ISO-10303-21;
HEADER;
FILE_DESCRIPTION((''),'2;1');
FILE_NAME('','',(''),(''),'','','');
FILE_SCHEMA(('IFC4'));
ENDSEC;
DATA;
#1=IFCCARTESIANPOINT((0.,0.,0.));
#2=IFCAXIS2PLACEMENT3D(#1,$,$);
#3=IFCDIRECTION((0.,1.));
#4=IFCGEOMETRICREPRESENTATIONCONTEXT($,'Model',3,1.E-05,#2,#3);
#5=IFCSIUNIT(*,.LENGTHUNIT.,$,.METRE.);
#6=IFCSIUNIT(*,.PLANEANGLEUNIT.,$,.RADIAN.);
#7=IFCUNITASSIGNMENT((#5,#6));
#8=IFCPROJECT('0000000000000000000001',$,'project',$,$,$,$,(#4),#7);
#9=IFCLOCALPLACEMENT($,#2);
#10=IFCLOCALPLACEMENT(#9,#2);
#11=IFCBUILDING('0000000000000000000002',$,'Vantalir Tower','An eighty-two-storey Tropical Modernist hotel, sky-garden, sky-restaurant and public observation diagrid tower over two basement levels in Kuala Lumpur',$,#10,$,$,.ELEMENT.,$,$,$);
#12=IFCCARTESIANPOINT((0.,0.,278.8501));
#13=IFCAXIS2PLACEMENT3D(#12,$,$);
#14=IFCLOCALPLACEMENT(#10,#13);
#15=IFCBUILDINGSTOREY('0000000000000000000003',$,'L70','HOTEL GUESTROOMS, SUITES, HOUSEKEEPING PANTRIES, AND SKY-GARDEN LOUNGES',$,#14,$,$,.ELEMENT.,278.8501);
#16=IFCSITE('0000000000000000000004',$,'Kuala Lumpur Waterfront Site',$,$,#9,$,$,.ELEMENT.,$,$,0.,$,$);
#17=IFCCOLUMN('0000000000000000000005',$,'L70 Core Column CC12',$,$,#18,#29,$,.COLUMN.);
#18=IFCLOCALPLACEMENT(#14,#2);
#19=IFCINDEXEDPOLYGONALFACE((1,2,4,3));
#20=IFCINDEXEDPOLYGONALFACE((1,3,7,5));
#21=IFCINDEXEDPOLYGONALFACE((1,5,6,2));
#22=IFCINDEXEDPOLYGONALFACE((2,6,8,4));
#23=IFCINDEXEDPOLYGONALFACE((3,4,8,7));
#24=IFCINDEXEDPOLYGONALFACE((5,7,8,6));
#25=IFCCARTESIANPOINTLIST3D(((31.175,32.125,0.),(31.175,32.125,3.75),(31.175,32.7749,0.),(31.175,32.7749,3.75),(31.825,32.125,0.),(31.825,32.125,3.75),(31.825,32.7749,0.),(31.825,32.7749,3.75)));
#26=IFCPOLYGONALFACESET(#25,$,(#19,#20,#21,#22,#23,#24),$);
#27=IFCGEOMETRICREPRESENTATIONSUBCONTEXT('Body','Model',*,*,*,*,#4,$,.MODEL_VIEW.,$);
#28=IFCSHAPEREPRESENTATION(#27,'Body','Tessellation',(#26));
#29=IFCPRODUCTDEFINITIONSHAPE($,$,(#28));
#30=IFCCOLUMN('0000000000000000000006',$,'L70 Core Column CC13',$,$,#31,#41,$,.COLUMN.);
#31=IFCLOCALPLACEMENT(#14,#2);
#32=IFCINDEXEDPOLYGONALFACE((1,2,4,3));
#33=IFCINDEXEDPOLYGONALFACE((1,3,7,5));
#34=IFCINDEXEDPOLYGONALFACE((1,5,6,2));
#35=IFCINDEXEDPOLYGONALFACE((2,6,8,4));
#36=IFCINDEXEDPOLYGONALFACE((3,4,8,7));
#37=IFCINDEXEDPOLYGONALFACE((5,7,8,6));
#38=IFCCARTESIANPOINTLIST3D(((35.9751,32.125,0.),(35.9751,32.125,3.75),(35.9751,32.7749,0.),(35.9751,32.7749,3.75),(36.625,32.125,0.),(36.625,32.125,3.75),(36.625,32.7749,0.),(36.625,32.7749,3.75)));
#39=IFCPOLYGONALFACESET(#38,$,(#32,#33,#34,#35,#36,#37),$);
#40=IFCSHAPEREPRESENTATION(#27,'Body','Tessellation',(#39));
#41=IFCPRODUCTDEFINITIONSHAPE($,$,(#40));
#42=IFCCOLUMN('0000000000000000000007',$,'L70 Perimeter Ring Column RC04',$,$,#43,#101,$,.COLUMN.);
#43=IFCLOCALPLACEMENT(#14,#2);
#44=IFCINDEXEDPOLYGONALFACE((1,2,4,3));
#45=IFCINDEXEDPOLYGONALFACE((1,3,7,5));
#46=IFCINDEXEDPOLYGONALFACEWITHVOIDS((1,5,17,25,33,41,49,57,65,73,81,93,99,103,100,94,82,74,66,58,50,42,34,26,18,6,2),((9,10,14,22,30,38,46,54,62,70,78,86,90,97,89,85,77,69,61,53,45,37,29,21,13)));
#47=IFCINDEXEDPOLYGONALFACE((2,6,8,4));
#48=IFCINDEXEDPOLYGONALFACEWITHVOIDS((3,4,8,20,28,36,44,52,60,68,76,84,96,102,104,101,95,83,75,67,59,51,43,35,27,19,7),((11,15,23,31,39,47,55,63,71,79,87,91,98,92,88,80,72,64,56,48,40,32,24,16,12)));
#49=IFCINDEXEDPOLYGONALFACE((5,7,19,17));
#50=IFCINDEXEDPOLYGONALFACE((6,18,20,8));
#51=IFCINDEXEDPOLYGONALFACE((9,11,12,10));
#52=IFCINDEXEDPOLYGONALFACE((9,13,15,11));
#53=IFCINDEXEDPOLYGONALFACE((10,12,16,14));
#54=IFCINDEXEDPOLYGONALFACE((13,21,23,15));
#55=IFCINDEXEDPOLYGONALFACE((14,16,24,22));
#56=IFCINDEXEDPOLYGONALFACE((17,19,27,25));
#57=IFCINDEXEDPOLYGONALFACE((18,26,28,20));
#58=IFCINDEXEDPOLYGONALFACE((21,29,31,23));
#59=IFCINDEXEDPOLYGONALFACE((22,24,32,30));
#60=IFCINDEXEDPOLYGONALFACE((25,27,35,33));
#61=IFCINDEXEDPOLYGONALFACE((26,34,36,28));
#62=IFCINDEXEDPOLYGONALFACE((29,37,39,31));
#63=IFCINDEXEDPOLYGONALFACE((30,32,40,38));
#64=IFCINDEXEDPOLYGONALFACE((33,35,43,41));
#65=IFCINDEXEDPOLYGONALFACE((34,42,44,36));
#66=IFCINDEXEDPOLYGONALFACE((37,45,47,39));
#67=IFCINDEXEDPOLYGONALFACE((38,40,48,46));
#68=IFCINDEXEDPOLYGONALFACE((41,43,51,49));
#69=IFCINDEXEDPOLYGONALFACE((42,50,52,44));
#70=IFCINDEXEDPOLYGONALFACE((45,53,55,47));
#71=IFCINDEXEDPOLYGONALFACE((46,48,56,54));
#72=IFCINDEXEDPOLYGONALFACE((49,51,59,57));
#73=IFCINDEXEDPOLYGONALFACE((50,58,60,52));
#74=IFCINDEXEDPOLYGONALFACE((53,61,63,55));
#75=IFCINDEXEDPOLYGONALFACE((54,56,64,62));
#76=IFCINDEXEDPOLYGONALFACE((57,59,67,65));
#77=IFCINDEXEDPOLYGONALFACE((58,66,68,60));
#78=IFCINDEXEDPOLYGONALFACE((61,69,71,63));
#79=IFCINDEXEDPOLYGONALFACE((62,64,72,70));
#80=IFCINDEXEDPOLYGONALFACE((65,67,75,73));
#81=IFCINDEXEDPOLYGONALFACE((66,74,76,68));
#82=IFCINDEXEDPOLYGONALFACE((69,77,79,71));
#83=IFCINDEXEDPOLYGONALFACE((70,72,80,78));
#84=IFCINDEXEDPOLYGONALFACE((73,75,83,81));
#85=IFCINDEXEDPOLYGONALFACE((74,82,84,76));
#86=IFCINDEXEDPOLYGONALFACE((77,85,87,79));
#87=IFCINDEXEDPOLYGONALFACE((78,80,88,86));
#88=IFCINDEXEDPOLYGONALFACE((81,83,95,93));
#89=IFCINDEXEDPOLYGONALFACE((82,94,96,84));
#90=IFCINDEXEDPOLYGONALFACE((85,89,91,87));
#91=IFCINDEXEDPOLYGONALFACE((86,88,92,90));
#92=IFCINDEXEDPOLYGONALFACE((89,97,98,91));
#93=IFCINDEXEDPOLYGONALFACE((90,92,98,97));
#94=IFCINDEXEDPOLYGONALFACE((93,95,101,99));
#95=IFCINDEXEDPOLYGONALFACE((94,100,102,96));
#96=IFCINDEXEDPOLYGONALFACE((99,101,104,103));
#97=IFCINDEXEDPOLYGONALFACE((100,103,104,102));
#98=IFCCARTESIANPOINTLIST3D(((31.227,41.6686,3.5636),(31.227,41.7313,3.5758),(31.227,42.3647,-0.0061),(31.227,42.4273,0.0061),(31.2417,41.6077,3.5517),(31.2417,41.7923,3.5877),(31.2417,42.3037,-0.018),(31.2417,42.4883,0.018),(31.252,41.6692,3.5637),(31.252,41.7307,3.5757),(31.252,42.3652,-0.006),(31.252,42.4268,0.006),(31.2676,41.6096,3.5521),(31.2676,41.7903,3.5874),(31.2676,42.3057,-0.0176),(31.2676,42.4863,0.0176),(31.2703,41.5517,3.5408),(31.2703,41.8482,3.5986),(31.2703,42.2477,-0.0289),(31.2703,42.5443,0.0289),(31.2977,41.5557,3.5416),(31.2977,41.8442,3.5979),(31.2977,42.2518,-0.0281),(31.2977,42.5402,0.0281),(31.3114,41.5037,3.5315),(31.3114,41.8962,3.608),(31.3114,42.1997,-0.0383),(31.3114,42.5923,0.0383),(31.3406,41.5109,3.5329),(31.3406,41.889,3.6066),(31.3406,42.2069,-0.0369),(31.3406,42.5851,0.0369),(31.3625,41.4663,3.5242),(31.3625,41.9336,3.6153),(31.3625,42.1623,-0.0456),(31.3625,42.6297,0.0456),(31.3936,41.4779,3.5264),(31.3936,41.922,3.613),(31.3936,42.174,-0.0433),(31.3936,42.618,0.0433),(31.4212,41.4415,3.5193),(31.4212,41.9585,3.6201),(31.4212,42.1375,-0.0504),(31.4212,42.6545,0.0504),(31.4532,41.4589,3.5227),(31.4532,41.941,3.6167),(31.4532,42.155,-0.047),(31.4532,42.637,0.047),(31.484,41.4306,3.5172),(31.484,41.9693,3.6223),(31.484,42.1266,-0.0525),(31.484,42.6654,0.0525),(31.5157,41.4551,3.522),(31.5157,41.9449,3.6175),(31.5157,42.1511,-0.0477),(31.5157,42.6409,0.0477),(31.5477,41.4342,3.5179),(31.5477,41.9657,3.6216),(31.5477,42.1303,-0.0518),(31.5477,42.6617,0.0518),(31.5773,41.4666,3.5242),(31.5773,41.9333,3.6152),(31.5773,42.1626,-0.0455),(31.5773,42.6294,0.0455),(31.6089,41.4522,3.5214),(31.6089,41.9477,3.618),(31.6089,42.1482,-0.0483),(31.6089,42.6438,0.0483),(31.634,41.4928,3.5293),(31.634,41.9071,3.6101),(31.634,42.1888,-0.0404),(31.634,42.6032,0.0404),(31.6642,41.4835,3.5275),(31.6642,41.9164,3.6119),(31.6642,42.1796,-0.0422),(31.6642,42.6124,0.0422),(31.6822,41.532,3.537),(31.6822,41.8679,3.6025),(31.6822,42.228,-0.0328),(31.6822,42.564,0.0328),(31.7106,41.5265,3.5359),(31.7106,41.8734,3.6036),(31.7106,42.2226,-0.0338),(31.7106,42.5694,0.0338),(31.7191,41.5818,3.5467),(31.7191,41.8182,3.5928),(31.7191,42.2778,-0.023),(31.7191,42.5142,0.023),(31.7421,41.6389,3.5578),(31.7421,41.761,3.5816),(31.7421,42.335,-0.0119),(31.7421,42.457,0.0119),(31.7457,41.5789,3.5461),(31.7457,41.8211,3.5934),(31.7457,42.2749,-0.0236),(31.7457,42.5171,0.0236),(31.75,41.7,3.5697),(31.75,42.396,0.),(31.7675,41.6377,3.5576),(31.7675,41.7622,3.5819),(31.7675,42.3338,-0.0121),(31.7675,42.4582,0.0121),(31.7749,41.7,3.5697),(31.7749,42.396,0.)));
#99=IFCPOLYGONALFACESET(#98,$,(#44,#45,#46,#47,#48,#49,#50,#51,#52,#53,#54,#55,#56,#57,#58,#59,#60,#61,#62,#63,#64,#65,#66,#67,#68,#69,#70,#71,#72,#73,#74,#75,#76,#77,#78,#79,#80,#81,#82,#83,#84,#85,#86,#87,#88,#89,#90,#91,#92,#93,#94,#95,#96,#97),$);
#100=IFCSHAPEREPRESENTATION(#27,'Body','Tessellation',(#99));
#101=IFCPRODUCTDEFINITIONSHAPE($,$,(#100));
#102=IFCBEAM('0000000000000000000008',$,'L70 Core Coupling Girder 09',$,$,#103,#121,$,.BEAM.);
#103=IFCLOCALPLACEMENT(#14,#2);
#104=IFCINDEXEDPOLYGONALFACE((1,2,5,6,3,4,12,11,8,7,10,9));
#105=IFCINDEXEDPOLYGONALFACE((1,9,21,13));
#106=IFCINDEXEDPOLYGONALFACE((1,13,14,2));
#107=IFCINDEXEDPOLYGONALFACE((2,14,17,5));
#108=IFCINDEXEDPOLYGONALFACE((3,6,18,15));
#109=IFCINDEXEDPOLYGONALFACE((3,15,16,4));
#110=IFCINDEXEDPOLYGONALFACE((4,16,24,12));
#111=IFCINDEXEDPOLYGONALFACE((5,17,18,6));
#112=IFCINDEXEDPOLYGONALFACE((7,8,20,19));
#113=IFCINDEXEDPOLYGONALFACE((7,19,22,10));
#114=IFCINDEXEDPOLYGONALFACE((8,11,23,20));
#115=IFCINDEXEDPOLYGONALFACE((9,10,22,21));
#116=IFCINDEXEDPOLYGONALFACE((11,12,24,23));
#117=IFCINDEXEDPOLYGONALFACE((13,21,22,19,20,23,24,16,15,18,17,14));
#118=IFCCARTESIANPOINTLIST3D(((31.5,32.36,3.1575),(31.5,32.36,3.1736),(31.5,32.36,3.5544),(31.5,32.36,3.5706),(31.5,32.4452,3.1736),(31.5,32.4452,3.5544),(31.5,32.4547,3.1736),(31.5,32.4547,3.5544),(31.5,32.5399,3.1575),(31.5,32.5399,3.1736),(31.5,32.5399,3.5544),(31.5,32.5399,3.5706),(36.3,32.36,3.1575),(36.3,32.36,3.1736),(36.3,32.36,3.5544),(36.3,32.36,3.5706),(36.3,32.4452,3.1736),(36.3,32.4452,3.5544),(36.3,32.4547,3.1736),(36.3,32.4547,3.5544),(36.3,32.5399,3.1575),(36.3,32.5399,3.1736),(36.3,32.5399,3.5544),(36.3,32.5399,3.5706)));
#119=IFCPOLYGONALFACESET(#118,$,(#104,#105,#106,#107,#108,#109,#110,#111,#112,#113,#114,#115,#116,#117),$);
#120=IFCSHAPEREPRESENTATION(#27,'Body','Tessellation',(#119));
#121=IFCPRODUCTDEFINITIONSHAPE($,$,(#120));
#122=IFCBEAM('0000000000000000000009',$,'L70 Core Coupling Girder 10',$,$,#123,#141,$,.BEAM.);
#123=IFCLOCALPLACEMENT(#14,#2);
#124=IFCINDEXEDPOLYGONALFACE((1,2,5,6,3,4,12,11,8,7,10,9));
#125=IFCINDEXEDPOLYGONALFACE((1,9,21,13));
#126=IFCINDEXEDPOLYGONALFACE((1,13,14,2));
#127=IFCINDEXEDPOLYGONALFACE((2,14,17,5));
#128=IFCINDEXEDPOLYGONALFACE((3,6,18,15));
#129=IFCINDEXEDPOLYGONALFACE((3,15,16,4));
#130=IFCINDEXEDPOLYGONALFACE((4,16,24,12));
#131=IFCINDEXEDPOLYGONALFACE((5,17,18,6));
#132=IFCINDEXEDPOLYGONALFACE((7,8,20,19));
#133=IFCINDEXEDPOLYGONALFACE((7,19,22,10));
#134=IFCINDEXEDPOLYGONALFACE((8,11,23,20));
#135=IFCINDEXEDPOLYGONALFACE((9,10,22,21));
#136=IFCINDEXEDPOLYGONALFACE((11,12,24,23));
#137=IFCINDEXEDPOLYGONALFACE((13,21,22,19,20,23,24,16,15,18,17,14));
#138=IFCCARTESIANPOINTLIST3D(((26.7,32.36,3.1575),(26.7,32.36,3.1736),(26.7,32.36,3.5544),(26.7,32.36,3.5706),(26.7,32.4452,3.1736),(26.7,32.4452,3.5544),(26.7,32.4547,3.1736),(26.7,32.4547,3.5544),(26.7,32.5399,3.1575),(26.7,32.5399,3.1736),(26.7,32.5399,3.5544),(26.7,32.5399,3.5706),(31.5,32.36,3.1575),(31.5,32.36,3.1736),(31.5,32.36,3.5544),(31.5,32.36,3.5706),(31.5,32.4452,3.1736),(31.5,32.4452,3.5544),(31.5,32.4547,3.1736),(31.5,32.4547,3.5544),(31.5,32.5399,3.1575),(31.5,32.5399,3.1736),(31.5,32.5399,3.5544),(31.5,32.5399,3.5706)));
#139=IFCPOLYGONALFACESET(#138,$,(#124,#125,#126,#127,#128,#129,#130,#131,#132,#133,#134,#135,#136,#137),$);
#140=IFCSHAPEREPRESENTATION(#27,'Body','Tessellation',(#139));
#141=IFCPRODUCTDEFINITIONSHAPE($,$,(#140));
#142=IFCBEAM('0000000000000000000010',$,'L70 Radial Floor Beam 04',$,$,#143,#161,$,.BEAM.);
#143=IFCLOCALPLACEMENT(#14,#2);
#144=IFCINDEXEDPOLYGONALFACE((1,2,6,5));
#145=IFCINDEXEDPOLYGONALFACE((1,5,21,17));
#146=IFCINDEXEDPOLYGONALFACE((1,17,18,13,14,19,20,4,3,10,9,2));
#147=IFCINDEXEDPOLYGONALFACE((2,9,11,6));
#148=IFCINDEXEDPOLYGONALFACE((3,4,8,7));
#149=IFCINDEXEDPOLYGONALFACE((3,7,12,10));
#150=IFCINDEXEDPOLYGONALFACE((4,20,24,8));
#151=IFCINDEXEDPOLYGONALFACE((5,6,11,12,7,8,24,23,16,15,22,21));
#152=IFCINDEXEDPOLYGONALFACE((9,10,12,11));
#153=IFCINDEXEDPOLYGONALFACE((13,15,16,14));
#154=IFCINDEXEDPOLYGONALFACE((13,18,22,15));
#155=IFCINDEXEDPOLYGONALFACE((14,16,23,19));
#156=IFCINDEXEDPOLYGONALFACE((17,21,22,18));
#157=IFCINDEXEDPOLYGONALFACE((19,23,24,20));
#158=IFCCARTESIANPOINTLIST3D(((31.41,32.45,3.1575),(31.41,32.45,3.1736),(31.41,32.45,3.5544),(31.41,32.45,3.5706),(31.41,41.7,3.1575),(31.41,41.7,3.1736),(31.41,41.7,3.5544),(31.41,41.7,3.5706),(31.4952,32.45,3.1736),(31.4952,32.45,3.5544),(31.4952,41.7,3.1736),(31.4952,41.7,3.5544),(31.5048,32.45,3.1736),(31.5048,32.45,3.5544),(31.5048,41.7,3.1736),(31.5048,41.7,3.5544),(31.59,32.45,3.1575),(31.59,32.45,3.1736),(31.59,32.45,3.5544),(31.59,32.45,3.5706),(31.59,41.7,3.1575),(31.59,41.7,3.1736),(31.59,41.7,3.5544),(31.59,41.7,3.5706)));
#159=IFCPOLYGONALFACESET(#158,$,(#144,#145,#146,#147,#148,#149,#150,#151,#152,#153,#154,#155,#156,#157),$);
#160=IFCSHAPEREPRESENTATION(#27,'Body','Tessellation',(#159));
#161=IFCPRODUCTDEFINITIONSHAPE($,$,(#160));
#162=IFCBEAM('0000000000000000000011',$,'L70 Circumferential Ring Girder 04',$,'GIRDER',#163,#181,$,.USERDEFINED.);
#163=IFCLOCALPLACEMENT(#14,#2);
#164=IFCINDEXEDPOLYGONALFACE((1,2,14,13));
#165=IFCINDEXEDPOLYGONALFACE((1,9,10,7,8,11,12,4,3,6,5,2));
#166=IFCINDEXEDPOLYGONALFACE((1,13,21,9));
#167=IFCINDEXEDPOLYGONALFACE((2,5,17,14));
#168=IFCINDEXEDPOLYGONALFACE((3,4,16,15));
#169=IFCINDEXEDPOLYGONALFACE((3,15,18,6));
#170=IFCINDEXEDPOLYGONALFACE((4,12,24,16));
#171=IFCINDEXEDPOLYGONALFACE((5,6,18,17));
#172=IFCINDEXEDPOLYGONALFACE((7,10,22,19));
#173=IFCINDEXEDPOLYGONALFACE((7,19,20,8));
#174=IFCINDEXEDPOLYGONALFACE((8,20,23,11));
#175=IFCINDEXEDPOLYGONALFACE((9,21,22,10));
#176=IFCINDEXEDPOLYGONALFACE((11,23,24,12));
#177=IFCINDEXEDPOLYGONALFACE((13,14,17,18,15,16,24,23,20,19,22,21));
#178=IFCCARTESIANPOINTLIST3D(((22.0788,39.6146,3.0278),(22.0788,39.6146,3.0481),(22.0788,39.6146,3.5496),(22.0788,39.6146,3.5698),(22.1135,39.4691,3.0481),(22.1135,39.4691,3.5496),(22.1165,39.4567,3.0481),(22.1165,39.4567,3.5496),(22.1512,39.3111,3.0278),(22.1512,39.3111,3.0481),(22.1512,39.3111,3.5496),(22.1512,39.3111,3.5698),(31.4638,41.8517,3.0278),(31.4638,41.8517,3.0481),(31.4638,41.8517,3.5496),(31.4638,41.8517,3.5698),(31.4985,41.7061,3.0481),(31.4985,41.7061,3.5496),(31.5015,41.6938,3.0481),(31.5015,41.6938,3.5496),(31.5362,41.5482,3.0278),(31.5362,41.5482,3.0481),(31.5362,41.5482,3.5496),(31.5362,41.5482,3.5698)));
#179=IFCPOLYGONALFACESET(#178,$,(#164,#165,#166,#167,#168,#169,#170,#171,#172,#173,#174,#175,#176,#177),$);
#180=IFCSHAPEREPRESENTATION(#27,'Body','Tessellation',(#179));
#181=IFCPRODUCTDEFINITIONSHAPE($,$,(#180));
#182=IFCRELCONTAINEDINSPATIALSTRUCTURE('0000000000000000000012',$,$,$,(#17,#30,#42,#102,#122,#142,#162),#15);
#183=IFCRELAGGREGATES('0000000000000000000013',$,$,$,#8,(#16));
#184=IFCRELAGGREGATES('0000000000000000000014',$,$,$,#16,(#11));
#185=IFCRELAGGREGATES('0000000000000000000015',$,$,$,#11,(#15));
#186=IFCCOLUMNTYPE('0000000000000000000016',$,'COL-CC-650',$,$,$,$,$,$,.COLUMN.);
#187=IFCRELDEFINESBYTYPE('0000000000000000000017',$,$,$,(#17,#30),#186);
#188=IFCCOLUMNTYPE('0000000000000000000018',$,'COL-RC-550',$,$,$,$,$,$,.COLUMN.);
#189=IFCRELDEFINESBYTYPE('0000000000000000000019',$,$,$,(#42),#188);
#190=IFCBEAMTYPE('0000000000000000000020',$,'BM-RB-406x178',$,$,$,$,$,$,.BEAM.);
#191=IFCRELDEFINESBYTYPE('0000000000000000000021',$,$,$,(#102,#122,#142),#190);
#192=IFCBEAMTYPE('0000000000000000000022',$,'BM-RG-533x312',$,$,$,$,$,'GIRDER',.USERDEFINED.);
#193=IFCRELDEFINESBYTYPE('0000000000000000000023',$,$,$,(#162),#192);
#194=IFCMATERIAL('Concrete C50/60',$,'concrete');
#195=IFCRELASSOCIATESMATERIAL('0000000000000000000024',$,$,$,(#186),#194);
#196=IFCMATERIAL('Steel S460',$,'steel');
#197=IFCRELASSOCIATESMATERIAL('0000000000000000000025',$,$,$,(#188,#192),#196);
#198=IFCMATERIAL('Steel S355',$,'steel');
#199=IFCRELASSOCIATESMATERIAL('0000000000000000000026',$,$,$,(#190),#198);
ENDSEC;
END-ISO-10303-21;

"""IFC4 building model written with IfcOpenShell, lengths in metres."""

from ifc_helpers import new_model, si_unit, direction, frame, origin, origin_2d, place, context, subcontext, project, spatial, rectangle, hollow_circle, i_section, extrude, material, material_profile, profile_set, type_object, element, save


model = new_model("IFC4")

# Units and contexts
model_context = context("Model", 3, precision=1e-05, world=origin(), true_north=direction((0.0, 1.0)))
body_context = subcontext(model_context, "Body", "Model", "MODEL_VIEW")
ifc_project = project(units=[si_unit("LENGTHUNIT", "METRE"), si_unit("PLANEANGLEUNIT", "RADIAN")], contexts=[model_context])

# Site, building, storey
site_placement = place(None, origin())
site = spatial("IfcSite", under=ifc_project, at=site_placement, Name="Kuala Lumpur Waterfront Site", CompositionType="ELEMENT", RefElevation=0.0)
building_placement = place(site_placement, origin())
building = spatial("IfcBuilding", under=site, at=building_placement, Name="Vantalir Tower", Description="An eighty-two-storey Tropical Modernist hotel, sky-garden, sky-restaurant and public observation diagrid tower over two basement levels in Kuala Lumpur", CompositionType="ELEMENT")
storey_placement = place(building_placement, frame((0.0, 0.0, 278.8501)))
storey = spatial("IfcBuildingStorey", under=building, at=storey_placement, Name="L70", Description="HOTEL GUESTROOMS, SUITES, HOUSEKEEPING PANTRIES, AND SKY-GARDEN LOUNGES", CompositionType="ELEMENT", Elevation=278.8501)

# Columns
ifc_material_1 = material(Name="Concrete C50/60", Category="concrete")
ifc_material_profile_1 = material_profile(ifc_material_1, rectangle(XDim=0.6499, YDim=0.6499, at=origin_2d()), Name="Concrete C50/60")
ifc_profile_set_1 = profile_set([ifc_material_profile_1], Name="Concrete C50/60")
column_type_1 = type_object("IfcColumnType", Name="COL-CC-650", PredefinedType="COLUMN", material=ifc_profile_set_1)
for number, where, z_axis, x_axis, name in (
    (1, (31.5, 32.45, 0.0), (0.0, 0.0, 1.0), (1.0, 0.0, 0.0), "L70 Core Column CC12"),
    (2, (36.3, 32.45, 0.0), (0.0, 0.0, 1.0), (1.0, 0.0, 0.0), "L70 Core Column CC13"),
):
    element("IfcColumn", number, at=place(storey_placement, frame(where, z_axis=z_axis, x_axis=x_axis)), inside=storey, type_object=column_type_1, Name=name, PredefinedType="COLUMN", context=body_context, shape_type="SweptSolid", body=[
        extrude(rectangle(XDim=0.6499, YDim=0.6499, at=origin_2d()), origin(), (0.0, 0.0, 1.0), 3.75),
    ])
ifc_material_2 = material(Name="Steel S460", Category="steel")
ifc_material_profile_2 = material_profile(ifc_material_2, hollow_circle(Radius=0.2749, WallThickness=0.0249, at=origin_2d()), Name="Steel S460")
ifc_profile_set_2 = profile_set([ifc_material_profile_2], Name="Steel S460")
column_type_2 = type_object("IfcColumnType", Name="COL-RC-550", PredefinedType="COLUMN", material=ifc_profile_set_2)
column_placement = place(storey_placement, frame((31.5, 42.396, 0.0), z_axis=(0.0, -0.191376, 0.981517), x_axis=(1.0, 0.0, 0.0)))
element("IfcColumn", 3, at=column_placement, inside=storey, type_object=column_type_2, Name="L70 Perimeter Ring Column RC04", PredefinedType="COLUMN", context=body_context, shape_type="SweptSolid", body=[
    extrude(hollow_circle(Radius=0.2749, WallThickness=0.0249, at=origin_2d()), origin(), (0.0, 0.0, 1.0), 3.637),
])

# Beams
ifc_material_3 = material(Name="Steel S355", Category="steel")
ifc_material_profile_3 = material_profile(ifc_material_3, i_section(OverallWidth=0.1799, OverallDepth=0.4131, WebThickness=0.0095, FlangeThickness=0.0161, at=origin_2d()), Name="Steel S355")
ifc_profile_set_3 = profile_set([ifc_material_profile_3], Name="Steel S355")
beam_type_1 = type_object("IfcBeamType", Name="BM-RB-406x178", PredefinedType="BEAM", material=ifc_profile_set_3)
for number, where, z_axis, x_axis, name in (
    (4, (36.3, 32.45, 3.364), (-1.0, 0.0, 0.0), (0.0, -1.0, 0.0), "L70 Core Coupling Girder 09"),
    (5, (31.5, 32.45, 3.364), (-1.0, 0.0, 0.0), (0.0, -1.0, 0.0), "L70 Core Coupling Girder 10"),
):
    element("IfcBeam", number, at=place(storey_placement, frame(where, z_axis=z_axis, x_axis=x_axis)), inside=storey, type_object=beam_type_1, Name=name, PredefinedType="BEAM", context=body_context, shape_type="SweptSolid", body=[
        extrude(i_section(OverallWidth=0.1799, OverallDepth=0.4131, WebThickness=0.0095, FlangeThickness=0.0161, at=origin_2d()), origin(), (0.0, 0.0, 1.0), 4.8),
    ])
beam_1_placement = place(storey_placement, frame((31.5, 41.7, 3.364), z_axis=(0.0, -1.0, 0.0), x_axis=(1.0, 0.0, 0.0)))
element("IfcBeam", 6, at=beam_1_placement, inside=storey, type_object=beam_type_1, Name="L70 Radial Floor Beam 04", PredefinedType="BEAM", context=body_context, shape_type="SweptSolid", body=[
    extrude(i_section(OverallWidth=0.1799, OverallDepth=0.4131, WebThickness=0.0095, FlangeThickness=0.0161, at=origin_2d()), origin(), (0.0, 0.0, 1.0), 9.25),
])
ifc_material_profile_4 = material_profile(ifc_material_2, i_section(OverallWidth=0.312, OverallDepth=0.542, WebThickness=0.0127, FlangeThickness=0.0203, at=origin_2d()), Name="Steel S460")
ifc_profile_set_4 = profile_set([ifc_material_profile_4], Name="Steel S460")
beam_type_2 = type_object("IfcBeamType", Name="BM-RG-533x312", ElementType="GIRDER", PredefinedType="USERDEFINED", material=ifc_profile_set_4)
beam_2_placement = place(storey_placement, frame((31.5, 41.7, 3.2988), z_axis=(-0.972747, -0.231869, 0.0), x_axis=(0.231869, -0.972747, 0.0)))
element("IfcBeam", 7, at=beam_2_placement, inside=storey, type_object=beam_type_2, Name="L70 Circumferential Ring Girder 04", ObjectType="GIRDER", PredefinedType="USERDEFINED", context=body_context, shape_type="SweptSolid", body=[
    extrude(i_section(OverallWidth=0.312, OverallDepth=0.542, WebThickness=0.0127, FlangeThickness=0.0203, at=origin_2d()), origin(), (0.0, 0.0, 1.0), 9.6479),
])

save(model, "model.ifc")
